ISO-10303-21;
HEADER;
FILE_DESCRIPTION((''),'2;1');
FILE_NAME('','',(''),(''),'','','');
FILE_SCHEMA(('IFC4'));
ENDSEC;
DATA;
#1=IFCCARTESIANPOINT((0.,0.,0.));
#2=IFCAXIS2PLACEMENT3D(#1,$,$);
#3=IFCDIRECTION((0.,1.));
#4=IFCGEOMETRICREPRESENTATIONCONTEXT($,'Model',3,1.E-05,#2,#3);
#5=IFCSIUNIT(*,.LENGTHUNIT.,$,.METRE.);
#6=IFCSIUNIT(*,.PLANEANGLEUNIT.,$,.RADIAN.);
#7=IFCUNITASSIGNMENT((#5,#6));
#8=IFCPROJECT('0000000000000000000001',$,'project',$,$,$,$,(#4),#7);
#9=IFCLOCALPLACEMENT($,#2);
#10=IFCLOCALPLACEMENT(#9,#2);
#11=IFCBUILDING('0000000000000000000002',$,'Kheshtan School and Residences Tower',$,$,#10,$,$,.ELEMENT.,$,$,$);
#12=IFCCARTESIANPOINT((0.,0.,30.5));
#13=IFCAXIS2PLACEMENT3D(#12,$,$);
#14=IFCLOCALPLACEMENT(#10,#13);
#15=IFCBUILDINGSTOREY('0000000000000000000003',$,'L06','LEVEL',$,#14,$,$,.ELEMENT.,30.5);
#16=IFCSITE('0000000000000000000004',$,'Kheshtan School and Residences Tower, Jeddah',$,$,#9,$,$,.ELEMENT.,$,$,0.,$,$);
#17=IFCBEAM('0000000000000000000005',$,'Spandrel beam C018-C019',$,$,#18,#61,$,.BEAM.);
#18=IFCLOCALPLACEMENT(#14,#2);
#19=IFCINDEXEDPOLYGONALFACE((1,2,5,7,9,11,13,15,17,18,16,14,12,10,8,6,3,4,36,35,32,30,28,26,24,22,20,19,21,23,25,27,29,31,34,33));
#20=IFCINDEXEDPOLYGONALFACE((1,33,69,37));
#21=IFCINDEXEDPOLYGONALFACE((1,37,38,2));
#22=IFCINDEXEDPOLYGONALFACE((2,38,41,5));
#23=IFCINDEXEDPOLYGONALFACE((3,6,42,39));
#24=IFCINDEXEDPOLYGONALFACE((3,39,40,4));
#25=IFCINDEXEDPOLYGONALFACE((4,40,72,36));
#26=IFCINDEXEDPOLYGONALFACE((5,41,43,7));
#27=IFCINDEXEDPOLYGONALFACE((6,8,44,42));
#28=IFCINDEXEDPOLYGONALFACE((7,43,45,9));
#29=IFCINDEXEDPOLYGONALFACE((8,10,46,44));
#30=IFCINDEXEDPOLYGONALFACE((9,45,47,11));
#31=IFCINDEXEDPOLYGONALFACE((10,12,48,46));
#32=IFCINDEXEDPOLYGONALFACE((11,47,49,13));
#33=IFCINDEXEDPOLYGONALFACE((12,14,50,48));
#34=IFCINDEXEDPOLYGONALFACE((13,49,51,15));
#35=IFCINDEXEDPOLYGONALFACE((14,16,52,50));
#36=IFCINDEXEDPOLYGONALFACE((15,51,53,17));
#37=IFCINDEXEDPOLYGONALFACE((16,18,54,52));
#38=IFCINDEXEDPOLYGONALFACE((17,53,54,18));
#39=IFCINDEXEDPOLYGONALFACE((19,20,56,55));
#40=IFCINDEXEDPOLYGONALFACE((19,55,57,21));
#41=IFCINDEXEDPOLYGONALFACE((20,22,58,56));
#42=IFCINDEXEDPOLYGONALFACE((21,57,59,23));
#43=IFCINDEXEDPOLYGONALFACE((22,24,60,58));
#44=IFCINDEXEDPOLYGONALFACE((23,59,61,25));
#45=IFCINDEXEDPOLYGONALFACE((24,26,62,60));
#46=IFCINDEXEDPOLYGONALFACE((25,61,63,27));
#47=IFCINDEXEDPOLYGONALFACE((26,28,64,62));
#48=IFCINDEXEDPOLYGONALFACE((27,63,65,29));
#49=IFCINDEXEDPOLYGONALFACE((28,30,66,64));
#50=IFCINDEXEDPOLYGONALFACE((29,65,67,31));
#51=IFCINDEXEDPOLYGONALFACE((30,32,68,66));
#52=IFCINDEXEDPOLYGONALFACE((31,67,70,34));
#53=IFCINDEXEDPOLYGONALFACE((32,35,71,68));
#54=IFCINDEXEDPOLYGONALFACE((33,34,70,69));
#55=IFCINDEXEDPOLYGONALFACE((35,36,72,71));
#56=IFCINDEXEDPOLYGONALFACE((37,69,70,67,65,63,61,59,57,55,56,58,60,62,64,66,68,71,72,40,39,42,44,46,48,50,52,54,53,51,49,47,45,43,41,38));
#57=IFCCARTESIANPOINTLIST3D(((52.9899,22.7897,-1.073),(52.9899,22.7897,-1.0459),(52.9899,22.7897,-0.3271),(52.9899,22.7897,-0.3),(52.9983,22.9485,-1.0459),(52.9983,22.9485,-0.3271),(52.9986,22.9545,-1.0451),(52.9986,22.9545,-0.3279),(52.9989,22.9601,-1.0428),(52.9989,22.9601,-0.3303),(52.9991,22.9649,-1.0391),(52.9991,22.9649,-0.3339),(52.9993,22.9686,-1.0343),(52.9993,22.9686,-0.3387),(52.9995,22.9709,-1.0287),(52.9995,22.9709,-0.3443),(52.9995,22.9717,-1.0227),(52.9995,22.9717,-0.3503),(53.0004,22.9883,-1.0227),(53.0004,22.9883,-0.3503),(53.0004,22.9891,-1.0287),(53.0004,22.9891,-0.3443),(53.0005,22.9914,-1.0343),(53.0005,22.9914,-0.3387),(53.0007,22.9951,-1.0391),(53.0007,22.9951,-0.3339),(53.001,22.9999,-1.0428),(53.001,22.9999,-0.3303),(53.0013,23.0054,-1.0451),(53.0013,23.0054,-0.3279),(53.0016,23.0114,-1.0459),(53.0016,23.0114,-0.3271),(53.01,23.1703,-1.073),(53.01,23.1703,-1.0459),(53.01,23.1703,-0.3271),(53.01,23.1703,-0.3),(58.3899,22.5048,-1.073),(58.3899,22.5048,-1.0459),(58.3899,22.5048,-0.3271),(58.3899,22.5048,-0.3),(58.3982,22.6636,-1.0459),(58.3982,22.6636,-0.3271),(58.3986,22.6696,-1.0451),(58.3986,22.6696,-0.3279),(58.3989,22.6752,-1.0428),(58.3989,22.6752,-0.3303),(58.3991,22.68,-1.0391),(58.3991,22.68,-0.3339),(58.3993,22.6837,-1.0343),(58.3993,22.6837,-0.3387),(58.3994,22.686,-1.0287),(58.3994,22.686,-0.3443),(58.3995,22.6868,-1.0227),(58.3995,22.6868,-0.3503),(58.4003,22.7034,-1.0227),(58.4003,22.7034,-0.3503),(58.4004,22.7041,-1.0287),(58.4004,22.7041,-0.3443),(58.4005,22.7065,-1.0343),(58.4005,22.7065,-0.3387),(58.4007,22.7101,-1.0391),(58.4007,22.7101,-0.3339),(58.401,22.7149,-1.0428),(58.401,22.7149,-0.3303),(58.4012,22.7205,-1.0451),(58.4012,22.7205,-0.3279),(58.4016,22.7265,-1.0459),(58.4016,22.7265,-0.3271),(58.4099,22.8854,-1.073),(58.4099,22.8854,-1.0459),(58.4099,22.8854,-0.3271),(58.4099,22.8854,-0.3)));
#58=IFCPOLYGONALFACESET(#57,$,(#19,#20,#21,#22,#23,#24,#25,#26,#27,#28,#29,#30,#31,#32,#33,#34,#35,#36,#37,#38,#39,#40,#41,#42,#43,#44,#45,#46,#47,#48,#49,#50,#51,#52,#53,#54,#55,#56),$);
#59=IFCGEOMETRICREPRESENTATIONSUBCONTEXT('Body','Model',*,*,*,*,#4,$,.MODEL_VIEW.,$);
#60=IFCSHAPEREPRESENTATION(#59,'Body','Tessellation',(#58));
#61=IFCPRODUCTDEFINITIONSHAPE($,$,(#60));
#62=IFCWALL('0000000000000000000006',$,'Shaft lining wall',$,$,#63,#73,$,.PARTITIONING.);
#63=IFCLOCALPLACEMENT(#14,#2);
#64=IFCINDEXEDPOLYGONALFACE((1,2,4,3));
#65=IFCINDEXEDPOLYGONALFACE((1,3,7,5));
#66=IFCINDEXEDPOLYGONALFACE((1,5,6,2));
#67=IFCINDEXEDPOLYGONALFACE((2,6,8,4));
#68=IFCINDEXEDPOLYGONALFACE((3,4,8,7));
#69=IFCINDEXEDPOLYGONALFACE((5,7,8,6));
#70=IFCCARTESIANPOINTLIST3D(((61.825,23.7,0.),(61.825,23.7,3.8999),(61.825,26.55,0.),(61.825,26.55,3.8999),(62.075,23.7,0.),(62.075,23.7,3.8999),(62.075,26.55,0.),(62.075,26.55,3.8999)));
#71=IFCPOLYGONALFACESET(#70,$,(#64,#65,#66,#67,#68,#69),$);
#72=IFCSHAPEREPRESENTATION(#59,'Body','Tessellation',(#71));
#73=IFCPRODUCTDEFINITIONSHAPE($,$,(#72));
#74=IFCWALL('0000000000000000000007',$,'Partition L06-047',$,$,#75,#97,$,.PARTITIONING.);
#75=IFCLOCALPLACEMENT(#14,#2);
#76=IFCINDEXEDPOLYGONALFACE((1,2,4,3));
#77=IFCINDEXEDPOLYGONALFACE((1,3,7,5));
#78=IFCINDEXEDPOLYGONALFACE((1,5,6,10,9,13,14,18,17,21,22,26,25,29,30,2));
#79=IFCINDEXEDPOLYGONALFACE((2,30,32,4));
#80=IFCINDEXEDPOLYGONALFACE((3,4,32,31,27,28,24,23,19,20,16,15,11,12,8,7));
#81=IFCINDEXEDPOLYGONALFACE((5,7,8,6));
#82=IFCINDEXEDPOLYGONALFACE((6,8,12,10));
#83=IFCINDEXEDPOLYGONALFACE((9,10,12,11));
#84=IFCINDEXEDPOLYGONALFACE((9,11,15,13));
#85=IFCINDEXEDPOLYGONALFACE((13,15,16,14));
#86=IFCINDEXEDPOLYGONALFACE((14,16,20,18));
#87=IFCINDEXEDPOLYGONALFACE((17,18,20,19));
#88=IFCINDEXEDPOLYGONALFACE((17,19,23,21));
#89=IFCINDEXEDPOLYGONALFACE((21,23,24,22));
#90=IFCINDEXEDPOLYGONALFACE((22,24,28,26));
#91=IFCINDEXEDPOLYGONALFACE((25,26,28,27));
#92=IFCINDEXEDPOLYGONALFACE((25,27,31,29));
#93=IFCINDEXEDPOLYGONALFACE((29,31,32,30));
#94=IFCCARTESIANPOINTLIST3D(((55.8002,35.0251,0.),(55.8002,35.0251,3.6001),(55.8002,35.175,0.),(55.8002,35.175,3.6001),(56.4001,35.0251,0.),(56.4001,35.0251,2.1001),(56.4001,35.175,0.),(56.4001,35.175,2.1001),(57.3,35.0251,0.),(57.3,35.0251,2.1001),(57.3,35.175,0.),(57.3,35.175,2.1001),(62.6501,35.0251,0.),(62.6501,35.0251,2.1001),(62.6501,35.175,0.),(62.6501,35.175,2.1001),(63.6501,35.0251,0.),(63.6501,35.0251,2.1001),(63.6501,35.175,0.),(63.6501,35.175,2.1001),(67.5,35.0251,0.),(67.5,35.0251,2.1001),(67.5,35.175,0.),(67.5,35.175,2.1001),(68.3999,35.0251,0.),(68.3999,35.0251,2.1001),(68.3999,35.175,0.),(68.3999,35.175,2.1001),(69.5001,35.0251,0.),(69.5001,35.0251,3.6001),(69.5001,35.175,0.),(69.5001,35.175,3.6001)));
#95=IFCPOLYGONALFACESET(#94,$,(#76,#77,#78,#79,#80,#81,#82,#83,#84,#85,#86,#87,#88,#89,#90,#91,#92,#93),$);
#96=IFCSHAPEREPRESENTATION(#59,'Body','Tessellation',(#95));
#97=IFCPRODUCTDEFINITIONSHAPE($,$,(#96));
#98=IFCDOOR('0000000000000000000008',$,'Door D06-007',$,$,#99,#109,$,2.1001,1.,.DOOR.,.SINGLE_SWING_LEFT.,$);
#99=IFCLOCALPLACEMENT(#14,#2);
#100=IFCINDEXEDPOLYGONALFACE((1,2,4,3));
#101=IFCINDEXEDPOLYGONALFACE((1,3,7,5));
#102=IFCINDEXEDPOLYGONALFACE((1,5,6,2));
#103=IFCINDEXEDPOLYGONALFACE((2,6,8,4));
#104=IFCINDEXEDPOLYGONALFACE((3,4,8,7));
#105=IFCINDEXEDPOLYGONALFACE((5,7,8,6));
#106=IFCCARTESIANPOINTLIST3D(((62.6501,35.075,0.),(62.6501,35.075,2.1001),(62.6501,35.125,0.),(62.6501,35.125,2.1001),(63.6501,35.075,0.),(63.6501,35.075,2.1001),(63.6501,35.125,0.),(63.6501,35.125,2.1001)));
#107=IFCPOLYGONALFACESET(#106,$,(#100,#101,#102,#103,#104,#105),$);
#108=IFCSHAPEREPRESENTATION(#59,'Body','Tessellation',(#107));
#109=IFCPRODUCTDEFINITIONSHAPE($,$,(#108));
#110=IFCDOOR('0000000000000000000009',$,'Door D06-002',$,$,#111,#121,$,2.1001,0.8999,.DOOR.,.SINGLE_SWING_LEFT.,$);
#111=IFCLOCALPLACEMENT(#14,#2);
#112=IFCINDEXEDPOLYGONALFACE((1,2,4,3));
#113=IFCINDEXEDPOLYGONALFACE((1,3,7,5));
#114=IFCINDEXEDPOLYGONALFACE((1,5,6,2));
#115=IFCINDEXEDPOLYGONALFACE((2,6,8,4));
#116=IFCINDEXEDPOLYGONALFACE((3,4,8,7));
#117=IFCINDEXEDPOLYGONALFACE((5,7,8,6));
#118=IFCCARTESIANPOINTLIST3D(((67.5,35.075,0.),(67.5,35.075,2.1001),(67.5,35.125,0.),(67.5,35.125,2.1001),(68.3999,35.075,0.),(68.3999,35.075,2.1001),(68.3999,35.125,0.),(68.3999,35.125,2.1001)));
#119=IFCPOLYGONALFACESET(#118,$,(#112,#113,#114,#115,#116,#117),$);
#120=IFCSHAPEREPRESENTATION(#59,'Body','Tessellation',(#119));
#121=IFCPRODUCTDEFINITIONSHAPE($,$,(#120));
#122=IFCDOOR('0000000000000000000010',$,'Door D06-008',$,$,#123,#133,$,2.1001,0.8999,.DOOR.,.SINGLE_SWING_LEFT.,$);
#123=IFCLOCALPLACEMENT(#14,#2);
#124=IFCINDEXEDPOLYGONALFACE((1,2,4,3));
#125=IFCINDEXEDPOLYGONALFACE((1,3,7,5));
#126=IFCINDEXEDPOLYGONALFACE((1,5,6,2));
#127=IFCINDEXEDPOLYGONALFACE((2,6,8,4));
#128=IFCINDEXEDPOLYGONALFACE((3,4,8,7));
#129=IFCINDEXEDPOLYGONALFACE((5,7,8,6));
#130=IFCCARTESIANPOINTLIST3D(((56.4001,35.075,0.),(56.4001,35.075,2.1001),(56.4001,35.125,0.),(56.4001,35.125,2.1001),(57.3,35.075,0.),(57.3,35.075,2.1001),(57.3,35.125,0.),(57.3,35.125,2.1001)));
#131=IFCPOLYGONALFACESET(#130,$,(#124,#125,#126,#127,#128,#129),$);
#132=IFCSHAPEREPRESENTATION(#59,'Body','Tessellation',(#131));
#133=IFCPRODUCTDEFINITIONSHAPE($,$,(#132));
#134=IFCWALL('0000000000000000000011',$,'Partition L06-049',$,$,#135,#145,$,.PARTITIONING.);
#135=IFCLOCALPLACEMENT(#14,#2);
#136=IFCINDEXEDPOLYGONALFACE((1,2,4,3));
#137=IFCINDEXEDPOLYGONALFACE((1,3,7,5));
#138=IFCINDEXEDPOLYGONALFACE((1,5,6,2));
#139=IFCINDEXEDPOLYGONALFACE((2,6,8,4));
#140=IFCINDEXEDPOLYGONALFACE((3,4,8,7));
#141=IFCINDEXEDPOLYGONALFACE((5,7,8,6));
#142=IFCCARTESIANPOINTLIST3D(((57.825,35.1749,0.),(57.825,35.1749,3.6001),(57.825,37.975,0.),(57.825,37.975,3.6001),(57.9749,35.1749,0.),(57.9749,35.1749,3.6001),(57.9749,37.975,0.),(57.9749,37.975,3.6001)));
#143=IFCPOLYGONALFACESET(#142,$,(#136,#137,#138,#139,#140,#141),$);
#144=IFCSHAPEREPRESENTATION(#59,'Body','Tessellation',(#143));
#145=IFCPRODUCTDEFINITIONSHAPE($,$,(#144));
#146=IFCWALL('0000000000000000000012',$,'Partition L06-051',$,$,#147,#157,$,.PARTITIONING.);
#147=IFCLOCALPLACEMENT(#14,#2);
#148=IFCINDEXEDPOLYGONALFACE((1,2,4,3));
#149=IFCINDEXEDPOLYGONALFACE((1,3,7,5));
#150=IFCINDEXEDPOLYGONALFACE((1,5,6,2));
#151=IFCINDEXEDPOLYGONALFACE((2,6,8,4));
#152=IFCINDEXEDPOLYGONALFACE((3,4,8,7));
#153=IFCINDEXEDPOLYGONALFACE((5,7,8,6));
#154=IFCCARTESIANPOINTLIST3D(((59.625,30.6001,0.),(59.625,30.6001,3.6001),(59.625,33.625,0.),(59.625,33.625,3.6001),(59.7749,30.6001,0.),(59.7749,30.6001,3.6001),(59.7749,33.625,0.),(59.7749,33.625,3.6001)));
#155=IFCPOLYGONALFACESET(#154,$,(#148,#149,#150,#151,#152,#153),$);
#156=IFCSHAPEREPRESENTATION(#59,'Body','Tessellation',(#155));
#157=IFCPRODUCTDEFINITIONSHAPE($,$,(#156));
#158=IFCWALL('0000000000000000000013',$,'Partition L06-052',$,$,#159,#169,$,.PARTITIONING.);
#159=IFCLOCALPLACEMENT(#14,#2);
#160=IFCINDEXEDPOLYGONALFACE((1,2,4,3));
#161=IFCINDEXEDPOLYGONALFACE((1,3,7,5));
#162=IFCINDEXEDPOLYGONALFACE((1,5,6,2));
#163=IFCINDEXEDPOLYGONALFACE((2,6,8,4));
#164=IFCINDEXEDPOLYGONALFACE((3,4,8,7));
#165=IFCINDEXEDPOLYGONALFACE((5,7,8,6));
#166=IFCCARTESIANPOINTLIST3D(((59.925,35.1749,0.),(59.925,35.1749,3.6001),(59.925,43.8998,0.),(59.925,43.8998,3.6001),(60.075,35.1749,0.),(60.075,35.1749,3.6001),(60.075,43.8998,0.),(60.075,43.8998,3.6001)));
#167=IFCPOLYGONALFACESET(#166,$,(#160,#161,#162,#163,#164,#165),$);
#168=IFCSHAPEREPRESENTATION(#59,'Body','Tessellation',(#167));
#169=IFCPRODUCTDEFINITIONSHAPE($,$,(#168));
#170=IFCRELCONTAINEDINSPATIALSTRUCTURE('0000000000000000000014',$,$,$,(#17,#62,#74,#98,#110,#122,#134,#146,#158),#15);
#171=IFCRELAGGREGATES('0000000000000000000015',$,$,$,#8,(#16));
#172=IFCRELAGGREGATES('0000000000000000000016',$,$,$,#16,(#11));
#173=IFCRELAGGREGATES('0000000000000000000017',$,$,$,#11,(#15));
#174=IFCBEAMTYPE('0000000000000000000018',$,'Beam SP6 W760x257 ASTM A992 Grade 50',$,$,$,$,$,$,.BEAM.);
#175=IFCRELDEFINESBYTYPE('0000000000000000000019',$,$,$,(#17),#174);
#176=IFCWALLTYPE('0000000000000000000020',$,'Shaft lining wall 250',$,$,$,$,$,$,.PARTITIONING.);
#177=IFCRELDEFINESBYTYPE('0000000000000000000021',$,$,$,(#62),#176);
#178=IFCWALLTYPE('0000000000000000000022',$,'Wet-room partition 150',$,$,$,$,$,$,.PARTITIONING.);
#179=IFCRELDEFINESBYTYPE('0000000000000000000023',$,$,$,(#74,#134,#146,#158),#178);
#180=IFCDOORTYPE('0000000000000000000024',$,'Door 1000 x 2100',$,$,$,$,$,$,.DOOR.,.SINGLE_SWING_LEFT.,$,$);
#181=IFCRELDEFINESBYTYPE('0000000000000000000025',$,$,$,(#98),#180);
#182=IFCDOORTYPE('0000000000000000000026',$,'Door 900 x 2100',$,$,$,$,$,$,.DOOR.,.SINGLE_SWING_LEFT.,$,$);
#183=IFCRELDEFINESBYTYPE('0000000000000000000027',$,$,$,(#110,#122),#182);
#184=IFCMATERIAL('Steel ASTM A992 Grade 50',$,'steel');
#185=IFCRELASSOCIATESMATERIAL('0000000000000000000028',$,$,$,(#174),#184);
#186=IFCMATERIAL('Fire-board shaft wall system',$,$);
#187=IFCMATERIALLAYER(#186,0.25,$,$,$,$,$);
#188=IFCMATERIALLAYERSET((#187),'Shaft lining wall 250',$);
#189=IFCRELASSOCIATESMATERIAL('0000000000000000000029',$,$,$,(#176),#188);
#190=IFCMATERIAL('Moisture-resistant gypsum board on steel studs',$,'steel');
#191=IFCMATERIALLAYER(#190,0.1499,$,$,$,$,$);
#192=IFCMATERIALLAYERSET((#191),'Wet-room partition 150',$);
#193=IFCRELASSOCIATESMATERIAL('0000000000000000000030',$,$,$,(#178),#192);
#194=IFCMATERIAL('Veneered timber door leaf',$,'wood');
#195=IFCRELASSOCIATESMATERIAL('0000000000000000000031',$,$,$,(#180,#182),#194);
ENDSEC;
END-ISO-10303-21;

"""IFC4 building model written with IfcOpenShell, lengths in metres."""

from ifc_helpers import new_model, si_unit, direction, frame, frame_2d, origin, origin_2d, place, context, subcontext, project, spatial, rectangle, i_section, extrude, source, transform, mapped, material, layer, layer_set, material_profile, profile_set, type_object, element, fill, save


model = new_model("IFC4")

# Units and contexts
model_context = context("Model", 3, precision=1e-05, world=origin(), true_north=direction((0.0, 1.0)))
body_context = subcontext(model_context, "Body", "Model", "MODEL_VIEW")
ifc_project = project(units=[si_unit("LENGTHUNIT", "METRE"), si_unit("PLANEANGLEUNIT", "RADIAN")], contexts=[model_context])

# Site, building, storey
site_placement = place(None, origin())
site = spatial("IfcSite", under=ifc_project, at=site_placement, Name="Kheshtan School and Residences Tower, Jeddah", CompositionType="ELEMENT", RefElevation=0.0)
building_placement = place(site_placement, origin())
building = spatial("IfcBuilding", under=site, at=building_placement, Name="Kheshtan School and Residences Tower", CompositionType="ELEMENT")
storey_placement = place(building_placement, frame((0.0, 0.0, 30.5)))
storey = spatial("IfcBuildingStorey", under=building, at=storey_placement, Name="L06", Description="LEVEL", CompositionType="ELEMENT", Elevation=30.5)

# Shared definitions
ifc_material_1 = material(Name="Steel ASTM A992 Grade 50", Category="steel")

# Beam
ifc_material_profile_1 = material_profile(ifc_material_1, i_section(OverallWidth=0.3811, OverallDepth=0.7729, WebThickness=0.0166, FlangeThickness=0.0271, FilletRadius=0.0232, at=origin_2d()), Name="W760x257")
ifc_profile_set_1 = profile_set([ifc_material_profile_1], Name="Steel ASTM A992 Grade 50")
beam_type_1 = type_object("IfcBeamType", Name="Beam SP6 W760x257 ASTM A992 Grade 50", PredefinedType="BEAM", material=ifc_profile_set_1)
beam_1_placement = place(storey_placement, frame((58.3999, 22.6951, -0.6865), z_axis=(-0.998611, 0.052689, 0.0), x_axis=(-0.052689, -0.998611, 0.0)))
element("IfcBeam", 1, at=beam_1_placement, inside=storey, type_object=beam_type_1, Name="Spandrel beam C018-C019", PredefinedType="BEAM", context=body_context, shape_type="SweptSolid", body=[
    extrude(i_section(OverallWidth=0.3811, OverallDepth=0.7729, WebThickness=0.0166, FlangeThickness=0.0271, FilletRadius=0.0232, at=origin_2d()), origin(), (0.0, 0.0, 1.0), 5.4075),
])

# Wall
ifc_material_2 = material(Name="Fire-board shaft wall system")
ifc_layer_1 = layer(ifc_material_2, 0.25)
ifc_layer_set_1 = layer_set([ifc_layer_1], Name="Shaft lining wall 250")
wall_type_1 = type_object("IfcWallType", Name="Shaft lining wall 250", PredefinedType="PARTITIONING", material=ifc_layer_set_1)
wall_1_placement = place(storey_placement, frame((61.95, 23.7, 0.0), z_axis=(0.0, 0.0, 1.0), x_axis=(0.0, 1.0, 0.0)))
element("IfcWall", 2, at=wall_1_placement, inside=storey, type_object=wall_type_1, Name="Shaft lining wall", PredefinedType="PARTITIONING", context=body_context, shape_type="SweptSolid", body=[
    extrude(rectangle(XDim=2.8501, YDim=0.25, at=frame_2d((1.425, 0.0))), origin(), (0.0, 0.0, 1.0), 3.8999),
])

# Wall, openings, doors
ifc_material_3 = material(Name="Moisture-resistant gypsum board on steel studs", Category="steel")
ifc_layer_2 = layer(ifc_material_3, 0.1499)
ifc_layer_set_2 = layer_set([ifc_layer_2], Name="Wet-room partition 150")
wall_type_2 = type_object("IfcWallType", Name="Wet-room partition 150", PredefinedType="PARTITIONING", material=ifc_layer_set_2)
wall_2_placement = place(storey_placement, frame((55.8, 35.1001, 0.0), z_axis=(0.0, 0.0, 1.0), x_axis=(1.0, 0.0, 0.0)))
wall_2 = element("IfcWall", 3, at=wall_2_placement, inside=storey, type_object=wall_type_2, Name="Partition L06-047", PredefinedType="PARTITIONING", context=body_context, shape_type="SweptSolid", body=[
    extrude(rectangle(XDim=13.7, YDim=0.1499, at=frame_2d((6.8501, 0.0))), origin(), (0.0, 0.0, 1.0), 3.6001),
])
opening_1_placement = place(wall_2_placement, frame((11.7, 0.0, 0.0)))
opening_1 = element("IfcOpeningElement", 4, at=opening_1_placement, cuts=wall_2, PredefinedType="OPENING", context=body_context, shape_type="SweptSolid", body=[
    extrude(rectangle(XDim=0.8999, YDim=2.1001, at=frame_2d((0.45, 1.05))), frame((0.0, 0.085, 0.0), z_axis=(0.0, -1.0, 0.0), x_axis=(1.0, 0.0, 0.0)), (0.0, 0.0, 1.0), 0.1699),
])
opening_2_placement = place(wall_2_placement, frame((6.8501, 0.0, 0.0)))
opening_2 = element("IfcOpeningElement", 5, at=opening_2_placement, cuts=wall_2, PredefinedType="OPENING", context=body_context, shape_type="SweptSolid", body=[
    extrude(rectangle(XDim=1.0, YDim=2.1001, at=frame_2d((0.5, 1.05))), frame((0.0, 0.085, 0.0), z_axis=(0.0, -1.0, 0.0), x_axis=(1.0, 0.0, 0.0)), (0.0, 0.0, 1.0), 0.1699),
])
opening_3_placement = place(wall_2_placement, frame((0.6001, 0.0, 0.0)))
opening_3 = element("IfcOpeningElement", 6, at=opening_3_placement, cuts=wall_2, PredefinedType="OPENING", context=body_context, shape_type="SweptSolid", body=[
    extrude(rectangle(XDim=0.8999, YDim=2.1001, at=frame_2d((0.45, 1.05))), frame((0.0, 0.085, 0.0), z_axis=(0.0, -1.0, 0.0), x_axis=(1.0, 0.0, 0.0)), (0.0, 0.0, 1.0), 0.1699),
])
ifc_material_4 = material(Name="Veneered timber door leaf", Category="wood")
door_type_1 = type_object("IfcDoorType", Name="Door 1000 x 2100", OperationType="SINGLE_SWING_LEFT", PredefinedType="DOOR", material=ifc_material_4)
shared_shape_1 = source(origin(), body_context, "Body", "SweptSolid", [
    extrude(rectangle(XDim=1.0, YDim=2.1001, at=frame_2d((0.5, 1.05))), frame((0.0, 0.0249, 0.0), z_axis=(0.0, -1.0, 0.0), x_axis=(1.0, 0.0, 0.0)), (0.0, 0.0, 1.0), 0.05),
])
door_1_placement = place(opening_2_placement, origin())
door_1 = element("IfcDoor", 7, at=door_1_placement, inside=storey, type_object=door_type_1, Name="Door D06-007", OperationType="SINGLE_SWING_LEFT", OverallHeight=2.1001, OverallWidth=1.0, PredefinedType="DOOR", context=body_context, shape_type="MappedRepresentation", body=[
    mapped(shared_shape_1, transform((0.0, 0.0, 0.0), x_axis=(1.0, 0.0, 0.0), y_axis=(0.0, 1.0, 0.0), z_axis=(0.0, 0.0, 1.0), scale=1.0)),
])
fill(opening_2, door_1)
door_type_2 = type_object("IfcDoorType", Name="Door 900 x 2100", OperationType="SINGLE_SWING_LEFT", PredefinedType="DOOR", material=ifc_material_4)
shared_shape_2 = source(origin(), body_context, "Body", "SweptSolid", [
    extrude(rectangle(XDim=0.8999, YDim=2.1001, at=frame_2d((0.45, 1.05))), frame((0.0, 0.0249, 0.0), z_axis=(0.0, -1.0, 0.0), x_axis=(1.0, 0.0, 0.0)), (0.0, 0.0, 1.0), 0.05),
])
door_2_placement = place(opening_1_placement, origin())
door_2 = element("IfcDoor", 8, at=door_2_placement, inside=storey, type_object=door_type_2, Name="Door D06-002", OperationType="SINGLE_SWING_LEFT", OverallHeight=2.1001, OverallWidth=0.8999, PredefinedType="DOOR", context=body_context, shape_type="MappedRepresentation", body=[
    mapped(shared_shape_2, transform((0.0, 0.0, 0.0), x_axis=(1.0, 0.0, 0.0), y_axis=(0.0, 1.0, 0.0), z_axis=(0.0, 0.0, 1.0), scale=1.0)),
])
fill(opening_1, door_2)
door_3_placement = place(opening_3_placement, origin())
door_3 = element("IfcDoor", 9, at=door_3_placement, inside=storey, type_object=door_type_2, Name="Door D06-008", OperationType="SINGLE_SWING_LEFT", OverallHeight=2.1001, OverallWidth=0.8999, PredefinedType="DOOR", context=body_context, shape_type="MappedRepresentation", body=[
    mapped(shared_shape_2, transform((0.0, 0.0, 0.0), x_axis=(1.0, 0.0, 0.0), y_axis=(0.0, 1.0, 0.0), z_axis=(0.0, 0.0, 1.0), scale=1.0)),
])
fill(opening_3, door_3)

# Walls
wall_3_placement = place(storey_placement, frame((57.8999, 35.175, 0.0), z_axis=(0.0, 0.0, 1.0), x_axis=(0.0, 1.0, 0.0)))
element("IfcWall", 10, at=wall_3_placement, inside=storey, type_object=wall_type_2, Name="Partition L06-049", PredefinedType="PARTITIONING", context=body_context, shape_type="SweptSolid", body=[
    extrude(rectangle(XDim=2.8, YDim=0.1499, at=frame_2d((1.3999, 0.0))), origin(), (0.0, 0.0, 1.0), 3.6001),
])
wall_4_placement = place(storey_placement, frame((59.7, 30.6001, 0.0), z_axis=(0.0, 0.0, 1.0), x_axis=(0.0, 1.0, 0.0)))
element("IfcWall", 11, at=wall_4_placement, inside=storey, type_object=wall_type_2, Name="Partition L06-051", PredefinedType="PARTITIONING", context=body_context, shape_type="SweptSolid", body=[
    extrude(rectangle(XDim=3.0249, YDim=0.1499, at=frame_2d((1.5125, 0.0))), origin(), (0.0, 0.0, 1.0), 3.6001),
])
wall_5_placement = place(storey_placement, frame((60.0, 35.175, 0.0), z_axis=(0.0, 0.0, 1.0), x_axis=(0.0, 1.0, 0.0)))
element("IfcWall", 12, at=wall_5_placement, inside=storey, type_object=wall_type_2, Name="Partition L06-052", PredefinedType="PARTITIONING", context=body_context, shape_type="SweptSolid", body=[
    extrude(rectangle(XDim=8.7249, YDim=0.1499, at=frame_2d((4.3623, 0.0))), origin(), (0.0, 0.0, 1.0), 3.6001),
])

save(model, "model.ifc")
